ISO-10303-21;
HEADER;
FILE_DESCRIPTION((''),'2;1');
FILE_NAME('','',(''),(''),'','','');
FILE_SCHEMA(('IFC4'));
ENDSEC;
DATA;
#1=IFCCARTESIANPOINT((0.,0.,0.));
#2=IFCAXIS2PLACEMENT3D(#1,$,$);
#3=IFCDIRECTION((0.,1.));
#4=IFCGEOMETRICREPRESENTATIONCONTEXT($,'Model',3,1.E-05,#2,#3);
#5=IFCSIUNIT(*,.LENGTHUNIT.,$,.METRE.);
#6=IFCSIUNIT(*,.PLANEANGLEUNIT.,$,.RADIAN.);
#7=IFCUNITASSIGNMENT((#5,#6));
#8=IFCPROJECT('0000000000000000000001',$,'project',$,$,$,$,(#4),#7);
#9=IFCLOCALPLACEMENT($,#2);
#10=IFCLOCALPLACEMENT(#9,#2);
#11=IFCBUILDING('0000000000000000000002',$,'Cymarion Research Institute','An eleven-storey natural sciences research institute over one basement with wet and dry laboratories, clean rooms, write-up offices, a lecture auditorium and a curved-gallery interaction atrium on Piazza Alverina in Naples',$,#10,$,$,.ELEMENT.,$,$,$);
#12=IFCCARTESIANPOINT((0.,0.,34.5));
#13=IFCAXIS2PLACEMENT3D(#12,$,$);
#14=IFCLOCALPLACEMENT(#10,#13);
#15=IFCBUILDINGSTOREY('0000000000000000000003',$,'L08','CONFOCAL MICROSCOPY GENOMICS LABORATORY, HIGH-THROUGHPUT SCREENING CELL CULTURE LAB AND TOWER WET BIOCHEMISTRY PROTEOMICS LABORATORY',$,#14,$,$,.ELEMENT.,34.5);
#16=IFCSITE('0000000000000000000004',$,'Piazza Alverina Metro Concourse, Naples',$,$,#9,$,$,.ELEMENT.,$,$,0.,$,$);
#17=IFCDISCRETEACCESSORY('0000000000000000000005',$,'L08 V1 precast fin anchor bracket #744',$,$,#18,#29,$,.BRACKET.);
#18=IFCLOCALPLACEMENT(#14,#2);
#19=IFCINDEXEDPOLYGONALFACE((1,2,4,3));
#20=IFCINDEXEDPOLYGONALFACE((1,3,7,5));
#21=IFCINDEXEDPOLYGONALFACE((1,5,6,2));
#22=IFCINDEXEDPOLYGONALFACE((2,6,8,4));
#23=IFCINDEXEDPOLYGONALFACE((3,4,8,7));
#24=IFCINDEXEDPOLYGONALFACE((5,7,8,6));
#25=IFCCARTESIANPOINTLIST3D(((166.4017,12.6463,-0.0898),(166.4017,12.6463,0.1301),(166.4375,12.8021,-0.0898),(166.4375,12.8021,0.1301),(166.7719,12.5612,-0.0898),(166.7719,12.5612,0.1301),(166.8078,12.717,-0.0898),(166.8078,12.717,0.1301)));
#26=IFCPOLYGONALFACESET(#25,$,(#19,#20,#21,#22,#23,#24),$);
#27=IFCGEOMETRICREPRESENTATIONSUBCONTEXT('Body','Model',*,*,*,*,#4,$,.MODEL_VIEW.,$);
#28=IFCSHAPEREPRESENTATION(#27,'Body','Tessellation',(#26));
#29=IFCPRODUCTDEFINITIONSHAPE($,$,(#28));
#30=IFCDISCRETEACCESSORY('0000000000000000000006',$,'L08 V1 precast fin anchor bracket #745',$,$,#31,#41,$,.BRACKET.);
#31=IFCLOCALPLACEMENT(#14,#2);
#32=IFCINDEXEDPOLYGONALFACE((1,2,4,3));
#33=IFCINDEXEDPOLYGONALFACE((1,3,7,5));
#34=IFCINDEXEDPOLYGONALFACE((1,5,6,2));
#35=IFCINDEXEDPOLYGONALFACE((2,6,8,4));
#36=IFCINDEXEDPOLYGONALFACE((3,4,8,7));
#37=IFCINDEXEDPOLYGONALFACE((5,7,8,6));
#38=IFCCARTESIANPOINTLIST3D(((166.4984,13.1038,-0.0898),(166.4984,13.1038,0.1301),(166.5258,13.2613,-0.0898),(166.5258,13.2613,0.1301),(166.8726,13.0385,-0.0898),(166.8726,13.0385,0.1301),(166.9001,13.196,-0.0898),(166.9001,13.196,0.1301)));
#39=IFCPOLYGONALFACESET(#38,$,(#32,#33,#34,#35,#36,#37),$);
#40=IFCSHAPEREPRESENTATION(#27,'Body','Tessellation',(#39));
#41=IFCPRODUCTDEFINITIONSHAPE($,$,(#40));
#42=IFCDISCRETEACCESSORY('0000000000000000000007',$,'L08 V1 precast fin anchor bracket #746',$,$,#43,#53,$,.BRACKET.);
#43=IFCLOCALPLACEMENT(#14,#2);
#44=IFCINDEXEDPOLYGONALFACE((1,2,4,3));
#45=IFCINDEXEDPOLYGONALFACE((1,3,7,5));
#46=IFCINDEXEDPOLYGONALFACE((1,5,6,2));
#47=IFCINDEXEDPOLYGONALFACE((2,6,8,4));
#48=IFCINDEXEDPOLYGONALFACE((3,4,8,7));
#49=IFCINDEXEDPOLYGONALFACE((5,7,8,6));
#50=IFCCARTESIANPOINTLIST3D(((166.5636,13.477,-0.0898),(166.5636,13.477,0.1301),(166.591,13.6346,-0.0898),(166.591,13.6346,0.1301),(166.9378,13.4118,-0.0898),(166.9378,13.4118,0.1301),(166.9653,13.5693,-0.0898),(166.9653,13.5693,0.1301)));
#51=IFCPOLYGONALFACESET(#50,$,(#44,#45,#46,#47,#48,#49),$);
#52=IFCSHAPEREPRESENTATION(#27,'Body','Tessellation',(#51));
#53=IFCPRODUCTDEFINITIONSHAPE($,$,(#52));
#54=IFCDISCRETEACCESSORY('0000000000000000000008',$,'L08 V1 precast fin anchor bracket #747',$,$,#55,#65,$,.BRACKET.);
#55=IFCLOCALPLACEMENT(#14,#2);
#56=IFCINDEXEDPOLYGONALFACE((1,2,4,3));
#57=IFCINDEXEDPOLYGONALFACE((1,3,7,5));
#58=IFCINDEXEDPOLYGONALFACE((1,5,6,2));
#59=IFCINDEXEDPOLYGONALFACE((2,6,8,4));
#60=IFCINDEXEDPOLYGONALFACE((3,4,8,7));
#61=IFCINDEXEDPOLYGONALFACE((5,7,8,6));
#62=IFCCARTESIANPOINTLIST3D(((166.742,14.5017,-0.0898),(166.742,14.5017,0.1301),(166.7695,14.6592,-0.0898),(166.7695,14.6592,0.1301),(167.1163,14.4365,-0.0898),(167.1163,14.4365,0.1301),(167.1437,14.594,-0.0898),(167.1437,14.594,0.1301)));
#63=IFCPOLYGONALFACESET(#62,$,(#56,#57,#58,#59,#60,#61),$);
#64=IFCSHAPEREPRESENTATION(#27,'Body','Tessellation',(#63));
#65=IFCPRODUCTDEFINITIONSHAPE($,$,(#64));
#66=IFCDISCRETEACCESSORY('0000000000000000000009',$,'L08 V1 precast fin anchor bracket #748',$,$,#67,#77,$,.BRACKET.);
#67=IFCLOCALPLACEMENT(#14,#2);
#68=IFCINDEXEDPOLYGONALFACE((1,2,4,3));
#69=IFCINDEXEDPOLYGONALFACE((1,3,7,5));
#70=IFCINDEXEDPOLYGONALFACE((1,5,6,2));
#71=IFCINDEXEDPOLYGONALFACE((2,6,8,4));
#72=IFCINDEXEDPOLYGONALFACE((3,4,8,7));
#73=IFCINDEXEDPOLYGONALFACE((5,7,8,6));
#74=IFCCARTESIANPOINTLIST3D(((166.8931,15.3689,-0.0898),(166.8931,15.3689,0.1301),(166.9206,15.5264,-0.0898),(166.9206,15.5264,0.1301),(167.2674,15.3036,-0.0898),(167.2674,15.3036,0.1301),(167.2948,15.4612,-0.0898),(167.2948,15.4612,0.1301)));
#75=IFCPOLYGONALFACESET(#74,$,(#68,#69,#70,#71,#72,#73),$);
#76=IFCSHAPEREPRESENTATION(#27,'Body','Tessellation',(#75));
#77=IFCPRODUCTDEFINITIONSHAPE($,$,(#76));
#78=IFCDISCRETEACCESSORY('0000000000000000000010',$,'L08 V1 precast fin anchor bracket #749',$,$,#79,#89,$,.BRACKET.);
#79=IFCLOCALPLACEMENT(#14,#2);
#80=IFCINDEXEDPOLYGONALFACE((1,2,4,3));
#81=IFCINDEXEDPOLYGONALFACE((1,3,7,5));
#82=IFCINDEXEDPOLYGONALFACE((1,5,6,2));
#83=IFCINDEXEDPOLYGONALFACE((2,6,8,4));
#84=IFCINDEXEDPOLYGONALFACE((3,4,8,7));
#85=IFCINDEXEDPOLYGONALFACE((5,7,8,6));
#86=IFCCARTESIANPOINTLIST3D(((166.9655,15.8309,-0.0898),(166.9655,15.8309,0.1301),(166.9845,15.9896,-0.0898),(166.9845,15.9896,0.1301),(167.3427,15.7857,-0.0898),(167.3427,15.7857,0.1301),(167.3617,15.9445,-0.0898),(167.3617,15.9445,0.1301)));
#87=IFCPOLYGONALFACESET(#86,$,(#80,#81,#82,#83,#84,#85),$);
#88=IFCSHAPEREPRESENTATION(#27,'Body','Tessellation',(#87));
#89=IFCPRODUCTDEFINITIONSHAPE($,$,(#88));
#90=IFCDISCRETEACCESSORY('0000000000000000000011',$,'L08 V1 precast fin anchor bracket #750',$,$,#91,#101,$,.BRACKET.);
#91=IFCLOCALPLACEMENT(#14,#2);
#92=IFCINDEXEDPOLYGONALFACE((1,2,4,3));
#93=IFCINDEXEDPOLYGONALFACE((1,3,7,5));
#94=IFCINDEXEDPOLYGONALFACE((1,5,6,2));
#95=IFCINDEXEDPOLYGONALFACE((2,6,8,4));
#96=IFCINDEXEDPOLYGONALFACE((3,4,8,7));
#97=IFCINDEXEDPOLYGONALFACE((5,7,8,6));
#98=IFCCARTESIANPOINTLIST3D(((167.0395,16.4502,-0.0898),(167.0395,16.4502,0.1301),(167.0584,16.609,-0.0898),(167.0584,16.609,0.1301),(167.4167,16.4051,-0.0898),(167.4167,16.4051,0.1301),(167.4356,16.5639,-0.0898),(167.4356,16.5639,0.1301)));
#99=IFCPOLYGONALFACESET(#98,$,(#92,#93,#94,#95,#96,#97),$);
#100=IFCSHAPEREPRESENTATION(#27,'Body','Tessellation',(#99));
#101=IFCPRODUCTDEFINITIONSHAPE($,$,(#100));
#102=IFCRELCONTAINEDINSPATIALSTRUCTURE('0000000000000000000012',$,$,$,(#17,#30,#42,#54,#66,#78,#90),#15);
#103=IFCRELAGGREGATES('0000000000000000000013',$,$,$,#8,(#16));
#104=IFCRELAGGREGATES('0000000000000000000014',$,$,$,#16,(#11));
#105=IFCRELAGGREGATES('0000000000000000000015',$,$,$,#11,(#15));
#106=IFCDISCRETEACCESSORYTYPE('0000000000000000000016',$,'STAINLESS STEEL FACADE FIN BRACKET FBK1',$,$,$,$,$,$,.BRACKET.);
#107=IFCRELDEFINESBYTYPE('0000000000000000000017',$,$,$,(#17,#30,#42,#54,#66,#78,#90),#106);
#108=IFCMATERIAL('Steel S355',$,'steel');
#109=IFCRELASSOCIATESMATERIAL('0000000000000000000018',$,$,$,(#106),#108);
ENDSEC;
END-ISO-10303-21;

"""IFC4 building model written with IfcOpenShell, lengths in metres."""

from ifc_helpers import new_model, si_unit, direction, frame, origin, origin_2d, place, context, subcontext, project, spatial, rectangle, extrude, material, type_object, element, save


model = new_model("IFC4")

# Units and contexts
model_context = context("Model", 3, precision=1e-05, world=origin(), true_north=direction((0.0, 1.0)))
body_context = subcontext(model_context, "Body", "Model", "MODEL_VIEW")
ifc_project = project(units=[si_unit("LENGTHUNIT", "METRE"), si_unit("PLANEANGLEUNIT", "RADIAN")], contexts=[model_context])

# Site, building, storey
site_placement = place(None, origin())
site = spatial("IfcSite", under=ifc_project, at=site_placement, Name="Piazza Alverina Metro Concourse, Naples", CompositionType="ELEMENT", RefElevation=0.0)
building_placement = place(site_placement, origin())
building = spatial("IfcBuilding", under=site, at=building_placement, Name="Cymarion Research Institute", Description="An eleven-storey natural sciences research institute over one basement with wet and dry laboratories, clean rooms, write-up offices, a lecture auditorium and a curved-gallery interaction atrium on Piazza Alverina in Naples", CompositionType="ELEMENT")
storey_placement = place(building_placement, frame((0.0, 0.0, 34.5)))
storey = spatial("IfcBuildingStorey", under=building, at=storey_placement, Name="L08", Description="CONFOCAL MICROSCOPY GENOMICS LABORATORY, HIGH-THROUGHPUT SCREENING CELL CULTURE LAB AND TOWER WET BIOCHEMISTRY PROTEOMICS LABORATORY", CompositionType="ELEMENT", Elevation=34.5)

# Shared definitions
ifc_material_1 = material(Name="Steel S355", Category="steel")

# Discrete accessories
discrete_accessory_type = type_object("IfcDiscreteAccessoryType", Name="STAINLESS STEEL FACADE FIN BRACKET FBK1", PredefinedType="BRACKET", material=ifc_material_1)
for number, where, z_axis, x_axis, name in (
    (1, (166.6047, 12.6816, -0.0898), (0.0, 0.0, 1.0), (0.974566, -0.224101, 0.0), "L08 V1 precast fin anchor bracket #744"),
    (2, (166.6992, 13.1499, -0.0898), (0.0, 0.0, 1.0), (0.985139, -0.171757, 0.0), "L08 V1 precast fin anchor bracket #745"),
    (3, (166.7644, 13.5232, -0.0898), (0.0, 0.0, 1.0), (0.985139, -0.171757, 0.0), "L08 V1 precast fin anchor bracket #746"),
    (4, (166.9429, 14.5479, -0.0898), (0.0, 0.0, 1.0), (0.985139, -0.171757, 0.0), "L08 V1 precast fin anchor bracket #747"),
    (5, (167.094, 15.415, -0.0898), (0.0, 0.0, 1.0), (0.985139, -0.171757, 0.0), "L08 V1 precast fin anchor bracket #748"),
    (6, (167.1636, 15.8877, -0.0898), (0.0, 0.0, 1.0), (0.992924, -0.118751, 0.0), "L08 V1 precast fin anchor bracket #749"),
    (7, (167.2375, 16.5071, -0.0898), (0.0, 0.0, 1.0), (0.992924, -0.118751, 0.0), "L08 V1 precast fin anchor bracket #750"),
):
    element("IfcDiscreteAccessory", number, at=place(storey_placement, frame(where, z_axis=z_axis, x_axis=x_axis)), inside=storey, type_object=discrete_accessory_type, Name=name, PredefinedType="BRACKET", context=body_context, shape_type="SweptSolid", body=[
        extrude(rectangle(XDim=0.3799, YDim=0.1599, at=origin_2d()), origin(), (0.0, 0.0, 1.0), 0.22),
    ])

save(model, "model.ifc")
